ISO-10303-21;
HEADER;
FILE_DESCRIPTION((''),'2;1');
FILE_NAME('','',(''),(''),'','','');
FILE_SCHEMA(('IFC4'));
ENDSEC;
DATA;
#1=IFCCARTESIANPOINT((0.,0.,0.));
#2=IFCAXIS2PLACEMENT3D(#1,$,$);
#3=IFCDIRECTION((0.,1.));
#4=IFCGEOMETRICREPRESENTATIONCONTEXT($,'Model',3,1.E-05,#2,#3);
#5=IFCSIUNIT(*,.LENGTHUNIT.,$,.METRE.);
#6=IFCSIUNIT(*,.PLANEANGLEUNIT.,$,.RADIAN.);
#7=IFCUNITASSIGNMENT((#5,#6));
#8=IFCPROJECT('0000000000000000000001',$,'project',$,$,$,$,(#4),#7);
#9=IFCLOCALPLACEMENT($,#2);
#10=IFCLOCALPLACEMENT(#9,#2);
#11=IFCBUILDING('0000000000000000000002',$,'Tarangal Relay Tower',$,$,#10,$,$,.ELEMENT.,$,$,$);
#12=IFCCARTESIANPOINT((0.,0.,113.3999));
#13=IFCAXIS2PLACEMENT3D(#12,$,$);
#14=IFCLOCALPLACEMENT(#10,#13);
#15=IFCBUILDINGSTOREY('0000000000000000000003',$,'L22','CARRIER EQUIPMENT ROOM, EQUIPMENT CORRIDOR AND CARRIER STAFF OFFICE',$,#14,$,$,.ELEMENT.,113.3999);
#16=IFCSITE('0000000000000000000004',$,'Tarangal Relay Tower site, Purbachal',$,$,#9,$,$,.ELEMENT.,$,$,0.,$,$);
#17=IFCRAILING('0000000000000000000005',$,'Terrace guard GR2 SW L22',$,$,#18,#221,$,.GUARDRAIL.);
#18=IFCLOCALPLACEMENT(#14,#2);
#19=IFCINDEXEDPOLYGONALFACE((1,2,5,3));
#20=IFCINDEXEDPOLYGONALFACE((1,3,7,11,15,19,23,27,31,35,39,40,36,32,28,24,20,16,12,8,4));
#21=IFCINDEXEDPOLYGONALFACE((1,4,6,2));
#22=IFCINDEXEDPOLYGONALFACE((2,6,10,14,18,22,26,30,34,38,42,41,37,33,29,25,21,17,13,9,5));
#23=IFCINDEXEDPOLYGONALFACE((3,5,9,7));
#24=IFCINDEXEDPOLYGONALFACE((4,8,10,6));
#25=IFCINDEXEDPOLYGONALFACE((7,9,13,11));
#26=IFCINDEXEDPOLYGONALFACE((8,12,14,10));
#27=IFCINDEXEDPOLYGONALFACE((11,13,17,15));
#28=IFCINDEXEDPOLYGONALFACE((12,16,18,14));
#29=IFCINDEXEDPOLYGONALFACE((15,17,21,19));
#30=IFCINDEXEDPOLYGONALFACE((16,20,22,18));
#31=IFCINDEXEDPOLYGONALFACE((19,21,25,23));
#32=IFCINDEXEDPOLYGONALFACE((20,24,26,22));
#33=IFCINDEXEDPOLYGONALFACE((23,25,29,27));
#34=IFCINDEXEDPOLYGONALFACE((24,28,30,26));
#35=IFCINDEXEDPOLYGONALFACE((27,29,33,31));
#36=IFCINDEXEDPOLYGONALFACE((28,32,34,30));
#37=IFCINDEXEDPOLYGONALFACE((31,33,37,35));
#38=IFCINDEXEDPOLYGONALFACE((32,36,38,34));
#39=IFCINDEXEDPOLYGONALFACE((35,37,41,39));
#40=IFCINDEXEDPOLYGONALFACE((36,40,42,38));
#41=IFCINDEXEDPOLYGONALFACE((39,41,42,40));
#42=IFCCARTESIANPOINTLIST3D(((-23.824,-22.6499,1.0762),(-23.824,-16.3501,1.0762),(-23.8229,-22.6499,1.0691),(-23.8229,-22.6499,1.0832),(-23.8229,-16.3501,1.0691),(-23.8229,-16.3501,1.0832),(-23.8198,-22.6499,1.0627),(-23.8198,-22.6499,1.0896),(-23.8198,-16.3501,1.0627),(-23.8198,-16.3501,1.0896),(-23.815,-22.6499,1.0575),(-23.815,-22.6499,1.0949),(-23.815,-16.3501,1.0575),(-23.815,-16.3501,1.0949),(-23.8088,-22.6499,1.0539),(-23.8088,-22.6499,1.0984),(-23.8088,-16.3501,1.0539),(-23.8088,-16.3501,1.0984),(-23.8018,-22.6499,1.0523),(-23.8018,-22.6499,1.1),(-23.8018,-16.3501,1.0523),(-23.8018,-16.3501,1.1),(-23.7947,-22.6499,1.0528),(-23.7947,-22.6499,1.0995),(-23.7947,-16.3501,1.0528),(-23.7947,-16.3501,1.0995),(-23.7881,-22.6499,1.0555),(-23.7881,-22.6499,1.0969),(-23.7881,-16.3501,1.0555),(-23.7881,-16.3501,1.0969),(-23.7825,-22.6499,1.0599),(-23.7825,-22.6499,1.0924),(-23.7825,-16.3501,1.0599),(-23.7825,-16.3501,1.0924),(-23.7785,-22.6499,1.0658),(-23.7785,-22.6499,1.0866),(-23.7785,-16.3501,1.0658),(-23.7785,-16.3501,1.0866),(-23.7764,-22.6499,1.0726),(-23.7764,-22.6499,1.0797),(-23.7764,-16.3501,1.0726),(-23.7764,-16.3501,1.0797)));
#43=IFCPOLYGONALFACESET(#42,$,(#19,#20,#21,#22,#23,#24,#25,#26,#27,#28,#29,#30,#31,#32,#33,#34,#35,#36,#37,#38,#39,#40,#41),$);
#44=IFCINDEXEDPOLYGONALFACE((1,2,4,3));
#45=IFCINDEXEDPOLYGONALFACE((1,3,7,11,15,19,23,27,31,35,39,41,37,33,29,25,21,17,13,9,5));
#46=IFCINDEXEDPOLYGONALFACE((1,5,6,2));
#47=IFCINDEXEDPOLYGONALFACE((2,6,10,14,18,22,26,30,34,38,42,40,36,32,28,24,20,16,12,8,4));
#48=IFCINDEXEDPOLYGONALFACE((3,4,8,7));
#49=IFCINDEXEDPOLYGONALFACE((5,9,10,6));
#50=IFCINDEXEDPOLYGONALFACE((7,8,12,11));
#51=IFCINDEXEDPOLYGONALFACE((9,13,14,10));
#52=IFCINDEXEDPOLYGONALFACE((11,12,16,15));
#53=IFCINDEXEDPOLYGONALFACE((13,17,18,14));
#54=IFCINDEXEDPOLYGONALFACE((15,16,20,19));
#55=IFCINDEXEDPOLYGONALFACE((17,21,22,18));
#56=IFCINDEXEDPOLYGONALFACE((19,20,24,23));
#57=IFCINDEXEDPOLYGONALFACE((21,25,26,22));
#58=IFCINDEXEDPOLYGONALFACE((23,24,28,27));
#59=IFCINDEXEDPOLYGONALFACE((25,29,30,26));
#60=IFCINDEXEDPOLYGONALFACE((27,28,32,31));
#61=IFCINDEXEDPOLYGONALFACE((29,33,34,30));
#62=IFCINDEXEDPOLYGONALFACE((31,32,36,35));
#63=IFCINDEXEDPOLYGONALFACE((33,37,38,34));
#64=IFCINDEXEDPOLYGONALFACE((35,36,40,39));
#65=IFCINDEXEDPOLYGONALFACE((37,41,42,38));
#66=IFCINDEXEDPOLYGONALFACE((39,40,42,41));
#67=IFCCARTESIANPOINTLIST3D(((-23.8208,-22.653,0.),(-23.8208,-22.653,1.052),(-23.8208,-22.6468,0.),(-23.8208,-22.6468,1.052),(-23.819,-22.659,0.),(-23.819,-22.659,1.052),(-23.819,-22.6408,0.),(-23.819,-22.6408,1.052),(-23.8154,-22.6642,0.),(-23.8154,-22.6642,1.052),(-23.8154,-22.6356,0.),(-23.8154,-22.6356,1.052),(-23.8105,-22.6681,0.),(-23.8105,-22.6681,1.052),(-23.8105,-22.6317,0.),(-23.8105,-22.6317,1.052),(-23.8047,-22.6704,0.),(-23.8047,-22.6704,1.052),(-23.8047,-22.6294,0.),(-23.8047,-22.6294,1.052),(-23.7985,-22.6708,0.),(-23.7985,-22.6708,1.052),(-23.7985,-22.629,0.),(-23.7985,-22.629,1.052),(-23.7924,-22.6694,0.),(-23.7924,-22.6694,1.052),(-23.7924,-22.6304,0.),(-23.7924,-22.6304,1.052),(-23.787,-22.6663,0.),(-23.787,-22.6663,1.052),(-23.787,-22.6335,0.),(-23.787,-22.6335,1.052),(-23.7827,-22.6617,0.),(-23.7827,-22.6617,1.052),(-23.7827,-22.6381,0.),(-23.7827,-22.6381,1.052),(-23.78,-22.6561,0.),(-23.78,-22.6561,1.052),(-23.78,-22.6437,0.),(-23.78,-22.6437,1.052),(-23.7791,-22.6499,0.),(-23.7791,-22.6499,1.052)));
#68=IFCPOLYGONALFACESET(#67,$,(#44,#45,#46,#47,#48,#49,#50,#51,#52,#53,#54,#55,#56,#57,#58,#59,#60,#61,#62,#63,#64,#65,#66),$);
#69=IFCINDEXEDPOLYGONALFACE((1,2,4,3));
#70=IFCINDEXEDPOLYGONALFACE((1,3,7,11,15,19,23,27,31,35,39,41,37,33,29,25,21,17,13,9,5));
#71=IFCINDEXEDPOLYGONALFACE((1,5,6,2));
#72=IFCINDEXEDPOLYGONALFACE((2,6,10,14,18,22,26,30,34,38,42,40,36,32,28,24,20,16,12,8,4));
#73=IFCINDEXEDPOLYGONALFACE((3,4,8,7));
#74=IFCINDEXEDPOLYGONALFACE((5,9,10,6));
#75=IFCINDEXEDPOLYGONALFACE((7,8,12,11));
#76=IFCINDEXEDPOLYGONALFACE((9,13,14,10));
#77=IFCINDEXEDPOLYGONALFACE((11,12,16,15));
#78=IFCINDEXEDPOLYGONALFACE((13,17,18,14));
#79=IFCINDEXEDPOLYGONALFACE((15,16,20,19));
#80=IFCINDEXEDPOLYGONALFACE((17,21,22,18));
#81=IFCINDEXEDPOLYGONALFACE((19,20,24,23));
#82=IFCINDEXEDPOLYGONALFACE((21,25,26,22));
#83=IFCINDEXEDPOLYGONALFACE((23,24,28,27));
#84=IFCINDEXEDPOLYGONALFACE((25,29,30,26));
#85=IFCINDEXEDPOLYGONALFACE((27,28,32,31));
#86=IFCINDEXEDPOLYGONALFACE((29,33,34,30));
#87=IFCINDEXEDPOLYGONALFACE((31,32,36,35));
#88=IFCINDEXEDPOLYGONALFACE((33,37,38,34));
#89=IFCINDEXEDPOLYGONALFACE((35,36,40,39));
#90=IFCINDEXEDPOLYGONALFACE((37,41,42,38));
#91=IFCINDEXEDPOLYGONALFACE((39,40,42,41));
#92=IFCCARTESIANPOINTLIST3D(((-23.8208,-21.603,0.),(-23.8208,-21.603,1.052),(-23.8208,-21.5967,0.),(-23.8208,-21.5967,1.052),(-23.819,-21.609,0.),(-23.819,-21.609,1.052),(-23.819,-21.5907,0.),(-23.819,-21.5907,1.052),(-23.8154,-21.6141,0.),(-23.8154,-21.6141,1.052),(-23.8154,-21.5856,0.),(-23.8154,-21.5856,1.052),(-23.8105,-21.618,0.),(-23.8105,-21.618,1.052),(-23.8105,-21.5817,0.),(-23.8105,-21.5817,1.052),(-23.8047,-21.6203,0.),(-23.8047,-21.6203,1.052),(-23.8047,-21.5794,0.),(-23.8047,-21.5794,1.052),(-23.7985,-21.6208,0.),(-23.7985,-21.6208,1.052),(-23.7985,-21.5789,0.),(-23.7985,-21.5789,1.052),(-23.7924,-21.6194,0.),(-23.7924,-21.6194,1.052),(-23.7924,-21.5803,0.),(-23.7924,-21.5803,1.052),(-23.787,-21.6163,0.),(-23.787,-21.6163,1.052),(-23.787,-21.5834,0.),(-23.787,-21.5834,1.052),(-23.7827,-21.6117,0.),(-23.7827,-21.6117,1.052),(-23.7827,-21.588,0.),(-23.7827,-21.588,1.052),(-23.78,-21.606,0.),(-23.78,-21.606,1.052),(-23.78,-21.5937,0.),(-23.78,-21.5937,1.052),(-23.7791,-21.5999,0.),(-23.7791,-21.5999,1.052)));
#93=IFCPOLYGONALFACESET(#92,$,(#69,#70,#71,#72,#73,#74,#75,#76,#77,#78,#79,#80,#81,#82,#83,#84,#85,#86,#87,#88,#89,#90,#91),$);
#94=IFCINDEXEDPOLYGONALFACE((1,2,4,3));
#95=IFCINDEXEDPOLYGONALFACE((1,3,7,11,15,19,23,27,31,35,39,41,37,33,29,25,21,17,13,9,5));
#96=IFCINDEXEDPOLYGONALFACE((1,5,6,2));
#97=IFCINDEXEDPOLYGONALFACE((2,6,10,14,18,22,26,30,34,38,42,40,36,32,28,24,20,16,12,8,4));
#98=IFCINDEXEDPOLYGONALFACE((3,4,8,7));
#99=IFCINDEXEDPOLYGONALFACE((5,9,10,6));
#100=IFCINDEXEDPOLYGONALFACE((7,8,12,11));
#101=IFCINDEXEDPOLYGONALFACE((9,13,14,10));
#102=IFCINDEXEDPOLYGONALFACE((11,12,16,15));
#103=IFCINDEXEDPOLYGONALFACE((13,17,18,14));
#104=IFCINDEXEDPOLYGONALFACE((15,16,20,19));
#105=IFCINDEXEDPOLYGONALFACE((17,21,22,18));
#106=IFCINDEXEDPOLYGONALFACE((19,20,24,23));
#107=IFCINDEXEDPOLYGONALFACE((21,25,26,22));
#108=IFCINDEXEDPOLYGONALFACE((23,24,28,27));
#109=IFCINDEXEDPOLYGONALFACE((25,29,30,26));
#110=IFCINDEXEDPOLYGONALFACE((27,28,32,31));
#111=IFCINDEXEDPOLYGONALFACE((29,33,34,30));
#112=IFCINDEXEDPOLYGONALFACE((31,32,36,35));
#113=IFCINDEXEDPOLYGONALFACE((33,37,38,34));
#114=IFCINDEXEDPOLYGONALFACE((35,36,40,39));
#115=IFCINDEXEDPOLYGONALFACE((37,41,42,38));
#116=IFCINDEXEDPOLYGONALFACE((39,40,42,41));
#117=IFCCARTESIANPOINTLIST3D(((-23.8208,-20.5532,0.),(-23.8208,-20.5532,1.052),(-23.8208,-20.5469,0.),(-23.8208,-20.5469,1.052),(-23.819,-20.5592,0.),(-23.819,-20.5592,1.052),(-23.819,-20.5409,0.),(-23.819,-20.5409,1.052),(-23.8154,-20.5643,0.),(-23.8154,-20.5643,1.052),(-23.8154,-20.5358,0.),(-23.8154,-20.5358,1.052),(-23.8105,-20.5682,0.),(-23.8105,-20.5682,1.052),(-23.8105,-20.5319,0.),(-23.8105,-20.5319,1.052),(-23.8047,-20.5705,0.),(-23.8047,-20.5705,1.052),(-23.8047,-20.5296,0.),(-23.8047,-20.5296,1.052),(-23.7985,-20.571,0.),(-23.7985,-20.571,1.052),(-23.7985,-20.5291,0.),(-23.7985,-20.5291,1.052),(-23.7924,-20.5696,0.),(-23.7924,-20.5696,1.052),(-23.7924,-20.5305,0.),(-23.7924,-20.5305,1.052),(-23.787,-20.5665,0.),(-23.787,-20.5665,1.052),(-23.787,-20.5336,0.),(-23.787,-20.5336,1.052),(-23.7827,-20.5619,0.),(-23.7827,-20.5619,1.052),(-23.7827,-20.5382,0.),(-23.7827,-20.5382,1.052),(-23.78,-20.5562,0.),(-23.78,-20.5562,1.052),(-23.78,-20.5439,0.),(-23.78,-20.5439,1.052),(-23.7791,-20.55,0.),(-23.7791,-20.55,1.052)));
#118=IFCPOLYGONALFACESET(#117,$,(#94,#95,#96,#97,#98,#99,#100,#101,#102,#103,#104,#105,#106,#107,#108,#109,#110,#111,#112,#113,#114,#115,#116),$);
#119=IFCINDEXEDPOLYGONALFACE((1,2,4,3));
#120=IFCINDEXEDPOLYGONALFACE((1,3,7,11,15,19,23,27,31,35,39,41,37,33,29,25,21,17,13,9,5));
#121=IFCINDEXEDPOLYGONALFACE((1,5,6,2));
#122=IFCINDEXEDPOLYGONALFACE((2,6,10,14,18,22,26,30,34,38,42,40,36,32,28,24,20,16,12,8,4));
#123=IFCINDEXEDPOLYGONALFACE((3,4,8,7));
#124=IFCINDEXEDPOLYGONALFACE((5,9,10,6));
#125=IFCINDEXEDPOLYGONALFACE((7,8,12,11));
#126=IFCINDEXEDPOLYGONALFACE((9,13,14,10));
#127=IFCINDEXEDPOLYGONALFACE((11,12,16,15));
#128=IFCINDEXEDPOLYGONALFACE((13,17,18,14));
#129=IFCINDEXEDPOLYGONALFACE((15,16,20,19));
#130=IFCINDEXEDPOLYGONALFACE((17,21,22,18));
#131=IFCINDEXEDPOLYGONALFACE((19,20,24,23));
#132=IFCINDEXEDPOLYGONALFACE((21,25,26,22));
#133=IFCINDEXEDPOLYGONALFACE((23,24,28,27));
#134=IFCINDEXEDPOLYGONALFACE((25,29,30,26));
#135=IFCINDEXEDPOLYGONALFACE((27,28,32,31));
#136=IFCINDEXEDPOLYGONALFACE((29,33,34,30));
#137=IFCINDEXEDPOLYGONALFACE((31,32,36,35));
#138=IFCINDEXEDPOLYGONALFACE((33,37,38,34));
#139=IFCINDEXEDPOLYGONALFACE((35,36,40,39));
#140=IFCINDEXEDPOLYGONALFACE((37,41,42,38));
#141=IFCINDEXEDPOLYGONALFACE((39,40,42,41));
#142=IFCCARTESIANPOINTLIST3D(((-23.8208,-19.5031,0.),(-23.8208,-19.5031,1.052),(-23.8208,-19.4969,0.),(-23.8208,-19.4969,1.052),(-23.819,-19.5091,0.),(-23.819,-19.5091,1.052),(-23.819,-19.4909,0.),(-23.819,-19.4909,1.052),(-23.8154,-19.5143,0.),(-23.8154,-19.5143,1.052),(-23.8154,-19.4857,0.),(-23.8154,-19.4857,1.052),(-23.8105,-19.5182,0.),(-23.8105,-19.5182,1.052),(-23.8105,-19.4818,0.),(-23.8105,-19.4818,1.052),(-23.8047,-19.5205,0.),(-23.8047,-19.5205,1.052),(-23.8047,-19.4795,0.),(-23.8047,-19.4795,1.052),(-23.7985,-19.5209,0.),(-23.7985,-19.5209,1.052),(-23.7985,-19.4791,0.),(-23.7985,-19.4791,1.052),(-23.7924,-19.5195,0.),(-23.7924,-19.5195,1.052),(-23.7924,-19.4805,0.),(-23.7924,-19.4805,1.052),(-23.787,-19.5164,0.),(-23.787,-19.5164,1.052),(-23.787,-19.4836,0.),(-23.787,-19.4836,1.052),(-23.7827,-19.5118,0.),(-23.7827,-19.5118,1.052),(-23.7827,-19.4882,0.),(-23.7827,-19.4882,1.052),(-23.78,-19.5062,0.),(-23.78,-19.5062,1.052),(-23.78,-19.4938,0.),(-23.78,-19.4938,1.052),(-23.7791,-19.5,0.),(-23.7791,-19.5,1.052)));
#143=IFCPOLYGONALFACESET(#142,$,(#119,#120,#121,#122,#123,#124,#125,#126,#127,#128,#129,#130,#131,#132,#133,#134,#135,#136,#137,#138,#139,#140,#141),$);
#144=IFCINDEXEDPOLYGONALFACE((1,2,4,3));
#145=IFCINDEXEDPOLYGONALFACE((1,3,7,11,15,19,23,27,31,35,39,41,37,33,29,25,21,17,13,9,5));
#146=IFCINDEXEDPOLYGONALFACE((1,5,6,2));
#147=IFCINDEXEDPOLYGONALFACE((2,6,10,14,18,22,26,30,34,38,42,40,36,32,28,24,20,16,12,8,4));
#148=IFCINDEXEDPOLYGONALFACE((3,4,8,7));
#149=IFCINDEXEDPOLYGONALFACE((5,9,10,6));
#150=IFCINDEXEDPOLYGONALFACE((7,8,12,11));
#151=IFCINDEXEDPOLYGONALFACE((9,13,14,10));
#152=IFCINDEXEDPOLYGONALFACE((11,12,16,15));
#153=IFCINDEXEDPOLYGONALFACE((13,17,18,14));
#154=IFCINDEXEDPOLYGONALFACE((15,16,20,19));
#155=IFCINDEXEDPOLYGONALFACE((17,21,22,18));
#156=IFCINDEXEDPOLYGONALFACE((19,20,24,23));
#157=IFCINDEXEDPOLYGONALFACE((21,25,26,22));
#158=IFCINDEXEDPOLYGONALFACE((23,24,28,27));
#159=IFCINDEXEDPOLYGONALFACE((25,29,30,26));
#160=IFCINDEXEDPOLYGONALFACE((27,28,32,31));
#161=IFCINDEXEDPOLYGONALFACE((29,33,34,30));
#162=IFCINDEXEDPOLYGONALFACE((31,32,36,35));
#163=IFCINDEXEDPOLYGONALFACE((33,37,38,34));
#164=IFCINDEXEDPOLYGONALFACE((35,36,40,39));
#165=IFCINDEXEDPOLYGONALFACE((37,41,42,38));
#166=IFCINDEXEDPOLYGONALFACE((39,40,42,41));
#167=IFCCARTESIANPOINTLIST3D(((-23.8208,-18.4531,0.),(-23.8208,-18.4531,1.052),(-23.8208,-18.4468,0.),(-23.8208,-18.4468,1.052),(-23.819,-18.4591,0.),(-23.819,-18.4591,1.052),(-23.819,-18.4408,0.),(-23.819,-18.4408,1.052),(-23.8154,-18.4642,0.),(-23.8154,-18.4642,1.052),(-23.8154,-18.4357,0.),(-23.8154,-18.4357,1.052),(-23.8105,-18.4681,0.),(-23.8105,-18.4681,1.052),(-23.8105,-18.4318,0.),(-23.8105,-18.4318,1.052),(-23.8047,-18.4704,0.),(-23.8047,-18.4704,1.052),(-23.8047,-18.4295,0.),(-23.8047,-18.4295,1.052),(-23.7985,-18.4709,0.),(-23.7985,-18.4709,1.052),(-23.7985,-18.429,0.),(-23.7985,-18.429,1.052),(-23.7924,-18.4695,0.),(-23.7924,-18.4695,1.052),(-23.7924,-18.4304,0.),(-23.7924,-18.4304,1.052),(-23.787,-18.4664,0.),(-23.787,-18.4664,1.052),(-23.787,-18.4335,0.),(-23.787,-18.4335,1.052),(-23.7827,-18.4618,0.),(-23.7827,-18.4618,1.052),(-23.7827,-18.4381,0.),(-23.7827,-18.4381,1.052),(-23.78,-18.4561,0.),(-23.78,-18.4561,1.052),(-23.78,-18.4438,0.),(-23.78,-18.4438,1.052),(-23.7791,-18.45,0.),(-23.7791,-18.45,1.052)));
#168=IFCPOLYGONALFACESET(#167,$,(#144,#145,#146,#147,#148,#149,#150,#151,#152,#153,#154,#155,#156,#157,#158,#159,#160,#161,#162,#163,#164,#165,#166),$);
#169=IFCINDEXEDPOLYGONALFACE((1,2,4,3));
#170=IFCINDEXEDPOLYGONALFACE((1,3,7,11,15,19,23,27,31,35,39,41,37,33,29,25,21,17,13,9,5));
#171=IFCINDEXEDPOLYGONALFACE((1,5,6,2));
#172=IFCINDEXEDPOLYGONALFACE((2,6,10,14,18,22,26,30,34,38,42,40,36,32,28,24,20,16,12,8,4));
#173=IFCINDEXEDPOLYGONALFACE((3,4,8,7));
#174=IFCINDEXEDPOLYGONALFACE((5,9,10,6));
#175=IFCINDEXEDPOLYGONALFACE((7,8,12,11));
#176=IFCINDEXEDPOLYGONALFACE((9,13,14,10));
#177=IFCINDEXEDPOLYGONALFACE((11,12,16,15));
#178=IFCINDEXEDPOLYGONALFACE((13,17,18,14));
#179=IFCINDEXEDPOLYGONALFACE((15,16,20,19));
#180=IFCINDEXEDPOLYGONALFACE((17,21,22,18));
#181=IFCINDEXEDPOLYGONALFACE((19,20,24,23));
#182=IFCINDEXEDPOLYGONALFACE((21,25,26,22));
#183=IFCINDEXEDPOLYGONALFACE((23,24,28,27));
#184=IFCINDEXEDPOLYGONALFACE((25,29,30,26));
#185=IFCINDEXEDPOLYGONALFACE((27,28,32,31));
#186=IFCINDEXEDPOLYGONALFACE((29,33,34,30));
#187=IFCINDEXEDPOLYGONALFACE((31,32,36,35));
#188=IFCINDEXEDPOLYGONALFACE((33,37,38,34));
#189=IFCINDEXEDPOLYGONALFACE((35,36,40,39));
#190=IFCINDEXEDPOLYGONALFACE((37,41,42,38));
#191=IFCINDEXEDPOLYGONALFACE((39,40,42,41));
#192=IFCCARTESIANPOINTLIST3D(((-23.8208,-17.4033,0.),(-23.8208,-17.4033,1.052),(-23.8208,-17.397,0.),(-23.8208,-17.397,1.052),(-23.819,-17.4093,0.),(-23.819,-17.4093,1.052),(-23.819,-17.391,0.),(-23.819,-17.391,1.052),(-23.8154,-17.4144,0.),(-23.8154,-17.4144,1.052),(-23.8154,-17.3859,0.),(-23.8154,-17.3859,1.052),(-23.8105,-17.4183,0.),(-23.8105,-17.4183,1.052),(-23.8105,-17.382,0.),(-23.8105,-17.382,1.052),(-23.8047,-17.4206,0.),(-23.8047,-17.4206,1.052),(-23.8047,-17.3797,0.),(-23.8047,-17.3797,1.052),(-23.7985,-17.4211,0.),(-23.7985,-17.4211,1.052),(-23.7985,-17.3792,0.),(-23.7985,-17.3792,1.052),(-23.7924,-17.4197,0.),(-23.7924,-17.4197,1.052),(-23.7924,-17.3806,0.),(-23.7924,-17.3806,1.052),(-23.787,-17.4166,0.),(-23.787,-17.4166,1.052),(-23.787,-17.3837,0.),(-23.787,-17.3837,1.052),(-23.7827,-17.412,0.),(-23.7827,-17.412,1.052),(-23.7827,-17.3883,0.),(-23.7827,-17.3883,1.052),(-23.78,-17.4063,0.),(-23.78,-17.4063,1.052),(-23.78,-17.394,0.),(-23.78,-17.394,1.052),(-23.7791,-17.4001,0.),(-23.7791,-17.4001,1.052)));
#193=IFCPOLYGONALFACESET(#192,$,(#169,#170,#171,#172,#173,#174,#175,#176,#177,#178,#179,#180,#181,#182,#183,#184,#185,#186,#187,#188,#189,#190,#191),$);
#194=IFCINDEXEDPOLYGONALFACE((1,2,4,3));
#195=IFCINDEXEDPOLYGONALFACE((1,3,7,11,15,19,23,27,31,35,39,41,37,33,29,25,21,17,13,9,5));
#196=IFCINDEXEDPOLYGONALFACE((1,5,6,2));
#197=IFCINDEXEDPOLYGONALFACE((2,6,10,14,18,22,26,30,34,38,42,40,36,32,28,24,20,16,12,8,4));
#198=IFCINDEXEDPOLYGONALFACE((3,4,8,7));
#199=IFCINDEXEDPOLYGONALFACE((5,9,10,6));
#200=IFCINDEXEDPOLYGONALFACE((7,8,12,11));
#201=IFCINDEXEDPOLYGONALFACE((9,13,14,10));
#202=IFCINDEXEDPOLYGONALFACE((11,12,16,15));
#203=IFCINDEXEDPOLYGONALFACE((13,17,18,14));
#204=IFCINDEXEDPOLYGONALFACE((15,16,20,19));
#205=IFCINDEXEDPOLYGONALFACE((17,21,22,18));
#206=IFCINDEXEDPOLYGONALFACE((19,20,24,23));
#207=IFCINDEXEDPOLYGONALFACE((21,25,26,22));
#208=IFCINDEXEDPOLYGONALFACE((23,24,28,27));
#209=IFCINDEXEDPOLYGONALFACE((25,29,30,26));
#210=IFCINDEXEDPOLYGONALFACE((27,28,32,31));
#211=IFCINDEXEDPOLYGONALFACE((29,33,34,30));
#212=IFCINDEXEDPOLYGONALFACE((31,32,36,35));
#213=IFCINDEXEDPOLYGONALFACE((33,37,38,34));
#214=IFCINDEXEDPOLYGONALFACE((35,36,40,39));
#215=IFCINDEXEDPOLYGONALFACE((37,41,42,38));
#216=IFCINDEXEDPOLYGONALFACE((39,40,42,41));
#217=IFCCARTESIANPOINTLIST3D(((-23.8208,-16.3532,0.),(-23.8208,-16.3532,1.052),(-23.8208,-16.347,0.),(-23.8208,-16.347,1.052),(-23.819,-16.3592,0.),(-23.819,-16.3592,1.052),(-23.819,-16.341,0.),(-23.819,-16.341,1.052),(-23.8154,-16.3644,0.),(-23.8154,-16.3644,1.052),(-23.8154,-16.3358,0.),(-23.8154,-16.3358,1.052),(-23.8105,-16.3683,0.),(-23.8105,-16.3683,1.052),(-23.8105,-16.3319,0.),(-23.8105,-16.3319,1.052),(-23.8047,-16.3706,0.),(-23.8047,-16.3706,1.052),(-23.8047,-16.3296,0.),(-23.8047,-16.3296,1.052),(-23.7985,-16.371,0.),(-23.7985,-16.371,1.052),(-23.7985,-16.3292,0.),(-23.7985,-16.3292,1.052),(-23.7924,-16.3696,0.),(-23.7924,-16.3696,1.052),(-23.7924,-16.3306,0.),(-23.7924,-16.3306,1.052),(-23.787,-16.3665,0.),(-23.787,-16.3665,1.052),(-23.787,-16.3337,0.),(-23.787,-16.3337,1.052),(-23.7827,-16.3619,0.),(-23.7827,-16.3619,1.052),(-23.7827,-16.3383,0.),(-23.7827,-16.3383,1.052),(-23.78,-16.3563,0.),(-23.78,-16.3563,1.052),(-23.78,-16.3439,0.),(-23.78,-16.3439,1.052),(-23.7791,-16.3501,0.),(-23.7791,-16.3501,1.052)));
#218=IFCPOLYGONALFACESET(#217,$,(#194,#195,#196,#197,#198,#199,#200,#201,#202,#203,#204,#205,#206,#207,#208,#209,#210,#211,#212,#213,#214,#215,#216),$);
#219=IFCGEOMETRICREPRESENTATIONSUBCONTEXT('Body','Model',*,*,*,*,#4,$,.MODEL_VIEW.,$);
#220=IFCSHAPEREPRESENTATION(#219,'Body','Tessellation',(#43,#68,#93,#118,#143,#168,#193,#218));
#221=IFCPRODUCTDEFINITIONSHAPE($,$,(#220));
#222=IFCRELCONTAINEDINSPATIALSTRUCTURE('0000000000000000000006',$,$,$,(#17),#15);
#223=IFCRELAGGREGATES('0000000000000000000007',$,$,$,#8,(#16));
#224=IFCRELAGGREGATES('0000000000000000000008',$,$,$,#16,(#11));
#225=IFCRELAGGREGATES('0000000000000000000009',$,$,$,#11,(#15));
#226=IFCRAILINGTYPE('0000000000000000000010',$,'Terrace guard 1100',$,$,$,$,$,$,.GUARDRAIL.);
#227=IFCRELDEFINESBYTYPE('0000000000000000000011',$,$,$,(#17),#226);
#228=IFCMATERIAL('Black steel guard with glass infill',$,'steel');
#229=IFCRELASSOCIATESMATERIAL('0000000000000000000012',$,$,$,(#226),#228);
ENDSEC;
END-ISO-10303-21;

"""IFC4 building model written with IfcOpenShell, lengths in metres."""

from ifc_helpers import new_model, si_unit, direction, frame, origin, origin_2d, place, context, subcontext, project, spatial, circle, extrude, material, type_object, element, save


model = new_model("IFC4")

# Units and contexts
model_context = context("Model", 3, precision=1e-05, world=origin(), true_north=direction((0.0, 1.0)))
body_context = subcontext(model_context, "Body", "Model", "MODEL_VIEW")
ifc_project = project(units=[si_unit("LENGTHUNIT", "METRE"), si_unit("PLANEANGLEUNIT", "RADIAN")], contexts=[model_context])

# Site, building, storey
site_placement = place(None, origin())
site = spatial("IfcSite", under=ifc_project, at=site_placement, Name="Tarangal Relay Tower site, Purbachal", CompositionType="ELEMENT", RefElevation=0.0)
building_placement = place(site_placement, origin())
building = spatial("IfcBuilding", under=site, at=building_placement, Name="Tarangal Relay Tower", CompositionType="ELEMENT")
storey_placement = place(building_placement, frame((0.0, 0.0, 113.3999)))
storey = spatial("IfcBuildingStorey", under=building, at=storey_placement, Name="L22", Description="CARRIER EQUIPMENT ROOM, EQUIPMENT CORRIDOR AND CARRIER STAFF OFFICE", CompositionType="ELEMENT", Elevation=113.3999)

# Railing
ifc_material_1 = material(Name="Black steel guard with glass infill", Category="steel")
railing_type = type_object("IfcRailingType", Name="Terrace guard 1100", PredefinedType="GUARDRAIL", material=ifc_material_1)
railing_placement = place(storey_placement, frame((-23.8, -22.6499, 0.0)))
element("IfcRailing", 1, at=railing_placement, inside=storey, type_object=railing_type, Name="Terrace guard GR2 SW L22", PredefinedType="GUARDRAIL", context=body_context, shape_type="SweptSolid", body=[
    extrude(circle(Radius=0.0239, at=origin_2d()), frame((0.0, 0.0, 1.0762), z_axis=(0.0, 1.0, 0.0), x_axis=(-1.0, 0.0, 0.0)), (0.0, 0.0, 1.0), 6.2998),
    extrude(circle(Radius=0.021, at=origin_2d()), origin(), (0.0, 0.0, 1.0), 1.052),
    extrude(circle(Radius=0.021, at=origin_2d()), frame((0.0, 1.05, 0.0)), (0.0, 0.0, 1.0), 1.052),
    extrude(circle(Radius=0.021, at=origin_2d()), frame((0.0, 2.0999, 0.0)), (0.0, 0.0, 1.0), 1.052),
    extrude(circle(Radius=0.021, at=origin_2d()), frame((0.0, 3.1499, 0.0)), (0.0, 0.0, 1.0), 1.052),
    extrude(circle(Radius=0.021, at=origin_2d()), frame((0.0, 4.2, 0.0)), (0.0, 0.0, 1.0), 1.052),
    extrude(circle(Radius=0.021, at=origin_2d()), frame((0.0, 5.2498, 0.0)), (0.0, 0.0, 1.0), 1.052),
    extrude(circle(Radius=0.021, at=origin_2d()), frame((0.0, 6.2998, 0.0)), (0.0, 0.0, 1.0), 1.052),
])

save(model, "model.ifc")
